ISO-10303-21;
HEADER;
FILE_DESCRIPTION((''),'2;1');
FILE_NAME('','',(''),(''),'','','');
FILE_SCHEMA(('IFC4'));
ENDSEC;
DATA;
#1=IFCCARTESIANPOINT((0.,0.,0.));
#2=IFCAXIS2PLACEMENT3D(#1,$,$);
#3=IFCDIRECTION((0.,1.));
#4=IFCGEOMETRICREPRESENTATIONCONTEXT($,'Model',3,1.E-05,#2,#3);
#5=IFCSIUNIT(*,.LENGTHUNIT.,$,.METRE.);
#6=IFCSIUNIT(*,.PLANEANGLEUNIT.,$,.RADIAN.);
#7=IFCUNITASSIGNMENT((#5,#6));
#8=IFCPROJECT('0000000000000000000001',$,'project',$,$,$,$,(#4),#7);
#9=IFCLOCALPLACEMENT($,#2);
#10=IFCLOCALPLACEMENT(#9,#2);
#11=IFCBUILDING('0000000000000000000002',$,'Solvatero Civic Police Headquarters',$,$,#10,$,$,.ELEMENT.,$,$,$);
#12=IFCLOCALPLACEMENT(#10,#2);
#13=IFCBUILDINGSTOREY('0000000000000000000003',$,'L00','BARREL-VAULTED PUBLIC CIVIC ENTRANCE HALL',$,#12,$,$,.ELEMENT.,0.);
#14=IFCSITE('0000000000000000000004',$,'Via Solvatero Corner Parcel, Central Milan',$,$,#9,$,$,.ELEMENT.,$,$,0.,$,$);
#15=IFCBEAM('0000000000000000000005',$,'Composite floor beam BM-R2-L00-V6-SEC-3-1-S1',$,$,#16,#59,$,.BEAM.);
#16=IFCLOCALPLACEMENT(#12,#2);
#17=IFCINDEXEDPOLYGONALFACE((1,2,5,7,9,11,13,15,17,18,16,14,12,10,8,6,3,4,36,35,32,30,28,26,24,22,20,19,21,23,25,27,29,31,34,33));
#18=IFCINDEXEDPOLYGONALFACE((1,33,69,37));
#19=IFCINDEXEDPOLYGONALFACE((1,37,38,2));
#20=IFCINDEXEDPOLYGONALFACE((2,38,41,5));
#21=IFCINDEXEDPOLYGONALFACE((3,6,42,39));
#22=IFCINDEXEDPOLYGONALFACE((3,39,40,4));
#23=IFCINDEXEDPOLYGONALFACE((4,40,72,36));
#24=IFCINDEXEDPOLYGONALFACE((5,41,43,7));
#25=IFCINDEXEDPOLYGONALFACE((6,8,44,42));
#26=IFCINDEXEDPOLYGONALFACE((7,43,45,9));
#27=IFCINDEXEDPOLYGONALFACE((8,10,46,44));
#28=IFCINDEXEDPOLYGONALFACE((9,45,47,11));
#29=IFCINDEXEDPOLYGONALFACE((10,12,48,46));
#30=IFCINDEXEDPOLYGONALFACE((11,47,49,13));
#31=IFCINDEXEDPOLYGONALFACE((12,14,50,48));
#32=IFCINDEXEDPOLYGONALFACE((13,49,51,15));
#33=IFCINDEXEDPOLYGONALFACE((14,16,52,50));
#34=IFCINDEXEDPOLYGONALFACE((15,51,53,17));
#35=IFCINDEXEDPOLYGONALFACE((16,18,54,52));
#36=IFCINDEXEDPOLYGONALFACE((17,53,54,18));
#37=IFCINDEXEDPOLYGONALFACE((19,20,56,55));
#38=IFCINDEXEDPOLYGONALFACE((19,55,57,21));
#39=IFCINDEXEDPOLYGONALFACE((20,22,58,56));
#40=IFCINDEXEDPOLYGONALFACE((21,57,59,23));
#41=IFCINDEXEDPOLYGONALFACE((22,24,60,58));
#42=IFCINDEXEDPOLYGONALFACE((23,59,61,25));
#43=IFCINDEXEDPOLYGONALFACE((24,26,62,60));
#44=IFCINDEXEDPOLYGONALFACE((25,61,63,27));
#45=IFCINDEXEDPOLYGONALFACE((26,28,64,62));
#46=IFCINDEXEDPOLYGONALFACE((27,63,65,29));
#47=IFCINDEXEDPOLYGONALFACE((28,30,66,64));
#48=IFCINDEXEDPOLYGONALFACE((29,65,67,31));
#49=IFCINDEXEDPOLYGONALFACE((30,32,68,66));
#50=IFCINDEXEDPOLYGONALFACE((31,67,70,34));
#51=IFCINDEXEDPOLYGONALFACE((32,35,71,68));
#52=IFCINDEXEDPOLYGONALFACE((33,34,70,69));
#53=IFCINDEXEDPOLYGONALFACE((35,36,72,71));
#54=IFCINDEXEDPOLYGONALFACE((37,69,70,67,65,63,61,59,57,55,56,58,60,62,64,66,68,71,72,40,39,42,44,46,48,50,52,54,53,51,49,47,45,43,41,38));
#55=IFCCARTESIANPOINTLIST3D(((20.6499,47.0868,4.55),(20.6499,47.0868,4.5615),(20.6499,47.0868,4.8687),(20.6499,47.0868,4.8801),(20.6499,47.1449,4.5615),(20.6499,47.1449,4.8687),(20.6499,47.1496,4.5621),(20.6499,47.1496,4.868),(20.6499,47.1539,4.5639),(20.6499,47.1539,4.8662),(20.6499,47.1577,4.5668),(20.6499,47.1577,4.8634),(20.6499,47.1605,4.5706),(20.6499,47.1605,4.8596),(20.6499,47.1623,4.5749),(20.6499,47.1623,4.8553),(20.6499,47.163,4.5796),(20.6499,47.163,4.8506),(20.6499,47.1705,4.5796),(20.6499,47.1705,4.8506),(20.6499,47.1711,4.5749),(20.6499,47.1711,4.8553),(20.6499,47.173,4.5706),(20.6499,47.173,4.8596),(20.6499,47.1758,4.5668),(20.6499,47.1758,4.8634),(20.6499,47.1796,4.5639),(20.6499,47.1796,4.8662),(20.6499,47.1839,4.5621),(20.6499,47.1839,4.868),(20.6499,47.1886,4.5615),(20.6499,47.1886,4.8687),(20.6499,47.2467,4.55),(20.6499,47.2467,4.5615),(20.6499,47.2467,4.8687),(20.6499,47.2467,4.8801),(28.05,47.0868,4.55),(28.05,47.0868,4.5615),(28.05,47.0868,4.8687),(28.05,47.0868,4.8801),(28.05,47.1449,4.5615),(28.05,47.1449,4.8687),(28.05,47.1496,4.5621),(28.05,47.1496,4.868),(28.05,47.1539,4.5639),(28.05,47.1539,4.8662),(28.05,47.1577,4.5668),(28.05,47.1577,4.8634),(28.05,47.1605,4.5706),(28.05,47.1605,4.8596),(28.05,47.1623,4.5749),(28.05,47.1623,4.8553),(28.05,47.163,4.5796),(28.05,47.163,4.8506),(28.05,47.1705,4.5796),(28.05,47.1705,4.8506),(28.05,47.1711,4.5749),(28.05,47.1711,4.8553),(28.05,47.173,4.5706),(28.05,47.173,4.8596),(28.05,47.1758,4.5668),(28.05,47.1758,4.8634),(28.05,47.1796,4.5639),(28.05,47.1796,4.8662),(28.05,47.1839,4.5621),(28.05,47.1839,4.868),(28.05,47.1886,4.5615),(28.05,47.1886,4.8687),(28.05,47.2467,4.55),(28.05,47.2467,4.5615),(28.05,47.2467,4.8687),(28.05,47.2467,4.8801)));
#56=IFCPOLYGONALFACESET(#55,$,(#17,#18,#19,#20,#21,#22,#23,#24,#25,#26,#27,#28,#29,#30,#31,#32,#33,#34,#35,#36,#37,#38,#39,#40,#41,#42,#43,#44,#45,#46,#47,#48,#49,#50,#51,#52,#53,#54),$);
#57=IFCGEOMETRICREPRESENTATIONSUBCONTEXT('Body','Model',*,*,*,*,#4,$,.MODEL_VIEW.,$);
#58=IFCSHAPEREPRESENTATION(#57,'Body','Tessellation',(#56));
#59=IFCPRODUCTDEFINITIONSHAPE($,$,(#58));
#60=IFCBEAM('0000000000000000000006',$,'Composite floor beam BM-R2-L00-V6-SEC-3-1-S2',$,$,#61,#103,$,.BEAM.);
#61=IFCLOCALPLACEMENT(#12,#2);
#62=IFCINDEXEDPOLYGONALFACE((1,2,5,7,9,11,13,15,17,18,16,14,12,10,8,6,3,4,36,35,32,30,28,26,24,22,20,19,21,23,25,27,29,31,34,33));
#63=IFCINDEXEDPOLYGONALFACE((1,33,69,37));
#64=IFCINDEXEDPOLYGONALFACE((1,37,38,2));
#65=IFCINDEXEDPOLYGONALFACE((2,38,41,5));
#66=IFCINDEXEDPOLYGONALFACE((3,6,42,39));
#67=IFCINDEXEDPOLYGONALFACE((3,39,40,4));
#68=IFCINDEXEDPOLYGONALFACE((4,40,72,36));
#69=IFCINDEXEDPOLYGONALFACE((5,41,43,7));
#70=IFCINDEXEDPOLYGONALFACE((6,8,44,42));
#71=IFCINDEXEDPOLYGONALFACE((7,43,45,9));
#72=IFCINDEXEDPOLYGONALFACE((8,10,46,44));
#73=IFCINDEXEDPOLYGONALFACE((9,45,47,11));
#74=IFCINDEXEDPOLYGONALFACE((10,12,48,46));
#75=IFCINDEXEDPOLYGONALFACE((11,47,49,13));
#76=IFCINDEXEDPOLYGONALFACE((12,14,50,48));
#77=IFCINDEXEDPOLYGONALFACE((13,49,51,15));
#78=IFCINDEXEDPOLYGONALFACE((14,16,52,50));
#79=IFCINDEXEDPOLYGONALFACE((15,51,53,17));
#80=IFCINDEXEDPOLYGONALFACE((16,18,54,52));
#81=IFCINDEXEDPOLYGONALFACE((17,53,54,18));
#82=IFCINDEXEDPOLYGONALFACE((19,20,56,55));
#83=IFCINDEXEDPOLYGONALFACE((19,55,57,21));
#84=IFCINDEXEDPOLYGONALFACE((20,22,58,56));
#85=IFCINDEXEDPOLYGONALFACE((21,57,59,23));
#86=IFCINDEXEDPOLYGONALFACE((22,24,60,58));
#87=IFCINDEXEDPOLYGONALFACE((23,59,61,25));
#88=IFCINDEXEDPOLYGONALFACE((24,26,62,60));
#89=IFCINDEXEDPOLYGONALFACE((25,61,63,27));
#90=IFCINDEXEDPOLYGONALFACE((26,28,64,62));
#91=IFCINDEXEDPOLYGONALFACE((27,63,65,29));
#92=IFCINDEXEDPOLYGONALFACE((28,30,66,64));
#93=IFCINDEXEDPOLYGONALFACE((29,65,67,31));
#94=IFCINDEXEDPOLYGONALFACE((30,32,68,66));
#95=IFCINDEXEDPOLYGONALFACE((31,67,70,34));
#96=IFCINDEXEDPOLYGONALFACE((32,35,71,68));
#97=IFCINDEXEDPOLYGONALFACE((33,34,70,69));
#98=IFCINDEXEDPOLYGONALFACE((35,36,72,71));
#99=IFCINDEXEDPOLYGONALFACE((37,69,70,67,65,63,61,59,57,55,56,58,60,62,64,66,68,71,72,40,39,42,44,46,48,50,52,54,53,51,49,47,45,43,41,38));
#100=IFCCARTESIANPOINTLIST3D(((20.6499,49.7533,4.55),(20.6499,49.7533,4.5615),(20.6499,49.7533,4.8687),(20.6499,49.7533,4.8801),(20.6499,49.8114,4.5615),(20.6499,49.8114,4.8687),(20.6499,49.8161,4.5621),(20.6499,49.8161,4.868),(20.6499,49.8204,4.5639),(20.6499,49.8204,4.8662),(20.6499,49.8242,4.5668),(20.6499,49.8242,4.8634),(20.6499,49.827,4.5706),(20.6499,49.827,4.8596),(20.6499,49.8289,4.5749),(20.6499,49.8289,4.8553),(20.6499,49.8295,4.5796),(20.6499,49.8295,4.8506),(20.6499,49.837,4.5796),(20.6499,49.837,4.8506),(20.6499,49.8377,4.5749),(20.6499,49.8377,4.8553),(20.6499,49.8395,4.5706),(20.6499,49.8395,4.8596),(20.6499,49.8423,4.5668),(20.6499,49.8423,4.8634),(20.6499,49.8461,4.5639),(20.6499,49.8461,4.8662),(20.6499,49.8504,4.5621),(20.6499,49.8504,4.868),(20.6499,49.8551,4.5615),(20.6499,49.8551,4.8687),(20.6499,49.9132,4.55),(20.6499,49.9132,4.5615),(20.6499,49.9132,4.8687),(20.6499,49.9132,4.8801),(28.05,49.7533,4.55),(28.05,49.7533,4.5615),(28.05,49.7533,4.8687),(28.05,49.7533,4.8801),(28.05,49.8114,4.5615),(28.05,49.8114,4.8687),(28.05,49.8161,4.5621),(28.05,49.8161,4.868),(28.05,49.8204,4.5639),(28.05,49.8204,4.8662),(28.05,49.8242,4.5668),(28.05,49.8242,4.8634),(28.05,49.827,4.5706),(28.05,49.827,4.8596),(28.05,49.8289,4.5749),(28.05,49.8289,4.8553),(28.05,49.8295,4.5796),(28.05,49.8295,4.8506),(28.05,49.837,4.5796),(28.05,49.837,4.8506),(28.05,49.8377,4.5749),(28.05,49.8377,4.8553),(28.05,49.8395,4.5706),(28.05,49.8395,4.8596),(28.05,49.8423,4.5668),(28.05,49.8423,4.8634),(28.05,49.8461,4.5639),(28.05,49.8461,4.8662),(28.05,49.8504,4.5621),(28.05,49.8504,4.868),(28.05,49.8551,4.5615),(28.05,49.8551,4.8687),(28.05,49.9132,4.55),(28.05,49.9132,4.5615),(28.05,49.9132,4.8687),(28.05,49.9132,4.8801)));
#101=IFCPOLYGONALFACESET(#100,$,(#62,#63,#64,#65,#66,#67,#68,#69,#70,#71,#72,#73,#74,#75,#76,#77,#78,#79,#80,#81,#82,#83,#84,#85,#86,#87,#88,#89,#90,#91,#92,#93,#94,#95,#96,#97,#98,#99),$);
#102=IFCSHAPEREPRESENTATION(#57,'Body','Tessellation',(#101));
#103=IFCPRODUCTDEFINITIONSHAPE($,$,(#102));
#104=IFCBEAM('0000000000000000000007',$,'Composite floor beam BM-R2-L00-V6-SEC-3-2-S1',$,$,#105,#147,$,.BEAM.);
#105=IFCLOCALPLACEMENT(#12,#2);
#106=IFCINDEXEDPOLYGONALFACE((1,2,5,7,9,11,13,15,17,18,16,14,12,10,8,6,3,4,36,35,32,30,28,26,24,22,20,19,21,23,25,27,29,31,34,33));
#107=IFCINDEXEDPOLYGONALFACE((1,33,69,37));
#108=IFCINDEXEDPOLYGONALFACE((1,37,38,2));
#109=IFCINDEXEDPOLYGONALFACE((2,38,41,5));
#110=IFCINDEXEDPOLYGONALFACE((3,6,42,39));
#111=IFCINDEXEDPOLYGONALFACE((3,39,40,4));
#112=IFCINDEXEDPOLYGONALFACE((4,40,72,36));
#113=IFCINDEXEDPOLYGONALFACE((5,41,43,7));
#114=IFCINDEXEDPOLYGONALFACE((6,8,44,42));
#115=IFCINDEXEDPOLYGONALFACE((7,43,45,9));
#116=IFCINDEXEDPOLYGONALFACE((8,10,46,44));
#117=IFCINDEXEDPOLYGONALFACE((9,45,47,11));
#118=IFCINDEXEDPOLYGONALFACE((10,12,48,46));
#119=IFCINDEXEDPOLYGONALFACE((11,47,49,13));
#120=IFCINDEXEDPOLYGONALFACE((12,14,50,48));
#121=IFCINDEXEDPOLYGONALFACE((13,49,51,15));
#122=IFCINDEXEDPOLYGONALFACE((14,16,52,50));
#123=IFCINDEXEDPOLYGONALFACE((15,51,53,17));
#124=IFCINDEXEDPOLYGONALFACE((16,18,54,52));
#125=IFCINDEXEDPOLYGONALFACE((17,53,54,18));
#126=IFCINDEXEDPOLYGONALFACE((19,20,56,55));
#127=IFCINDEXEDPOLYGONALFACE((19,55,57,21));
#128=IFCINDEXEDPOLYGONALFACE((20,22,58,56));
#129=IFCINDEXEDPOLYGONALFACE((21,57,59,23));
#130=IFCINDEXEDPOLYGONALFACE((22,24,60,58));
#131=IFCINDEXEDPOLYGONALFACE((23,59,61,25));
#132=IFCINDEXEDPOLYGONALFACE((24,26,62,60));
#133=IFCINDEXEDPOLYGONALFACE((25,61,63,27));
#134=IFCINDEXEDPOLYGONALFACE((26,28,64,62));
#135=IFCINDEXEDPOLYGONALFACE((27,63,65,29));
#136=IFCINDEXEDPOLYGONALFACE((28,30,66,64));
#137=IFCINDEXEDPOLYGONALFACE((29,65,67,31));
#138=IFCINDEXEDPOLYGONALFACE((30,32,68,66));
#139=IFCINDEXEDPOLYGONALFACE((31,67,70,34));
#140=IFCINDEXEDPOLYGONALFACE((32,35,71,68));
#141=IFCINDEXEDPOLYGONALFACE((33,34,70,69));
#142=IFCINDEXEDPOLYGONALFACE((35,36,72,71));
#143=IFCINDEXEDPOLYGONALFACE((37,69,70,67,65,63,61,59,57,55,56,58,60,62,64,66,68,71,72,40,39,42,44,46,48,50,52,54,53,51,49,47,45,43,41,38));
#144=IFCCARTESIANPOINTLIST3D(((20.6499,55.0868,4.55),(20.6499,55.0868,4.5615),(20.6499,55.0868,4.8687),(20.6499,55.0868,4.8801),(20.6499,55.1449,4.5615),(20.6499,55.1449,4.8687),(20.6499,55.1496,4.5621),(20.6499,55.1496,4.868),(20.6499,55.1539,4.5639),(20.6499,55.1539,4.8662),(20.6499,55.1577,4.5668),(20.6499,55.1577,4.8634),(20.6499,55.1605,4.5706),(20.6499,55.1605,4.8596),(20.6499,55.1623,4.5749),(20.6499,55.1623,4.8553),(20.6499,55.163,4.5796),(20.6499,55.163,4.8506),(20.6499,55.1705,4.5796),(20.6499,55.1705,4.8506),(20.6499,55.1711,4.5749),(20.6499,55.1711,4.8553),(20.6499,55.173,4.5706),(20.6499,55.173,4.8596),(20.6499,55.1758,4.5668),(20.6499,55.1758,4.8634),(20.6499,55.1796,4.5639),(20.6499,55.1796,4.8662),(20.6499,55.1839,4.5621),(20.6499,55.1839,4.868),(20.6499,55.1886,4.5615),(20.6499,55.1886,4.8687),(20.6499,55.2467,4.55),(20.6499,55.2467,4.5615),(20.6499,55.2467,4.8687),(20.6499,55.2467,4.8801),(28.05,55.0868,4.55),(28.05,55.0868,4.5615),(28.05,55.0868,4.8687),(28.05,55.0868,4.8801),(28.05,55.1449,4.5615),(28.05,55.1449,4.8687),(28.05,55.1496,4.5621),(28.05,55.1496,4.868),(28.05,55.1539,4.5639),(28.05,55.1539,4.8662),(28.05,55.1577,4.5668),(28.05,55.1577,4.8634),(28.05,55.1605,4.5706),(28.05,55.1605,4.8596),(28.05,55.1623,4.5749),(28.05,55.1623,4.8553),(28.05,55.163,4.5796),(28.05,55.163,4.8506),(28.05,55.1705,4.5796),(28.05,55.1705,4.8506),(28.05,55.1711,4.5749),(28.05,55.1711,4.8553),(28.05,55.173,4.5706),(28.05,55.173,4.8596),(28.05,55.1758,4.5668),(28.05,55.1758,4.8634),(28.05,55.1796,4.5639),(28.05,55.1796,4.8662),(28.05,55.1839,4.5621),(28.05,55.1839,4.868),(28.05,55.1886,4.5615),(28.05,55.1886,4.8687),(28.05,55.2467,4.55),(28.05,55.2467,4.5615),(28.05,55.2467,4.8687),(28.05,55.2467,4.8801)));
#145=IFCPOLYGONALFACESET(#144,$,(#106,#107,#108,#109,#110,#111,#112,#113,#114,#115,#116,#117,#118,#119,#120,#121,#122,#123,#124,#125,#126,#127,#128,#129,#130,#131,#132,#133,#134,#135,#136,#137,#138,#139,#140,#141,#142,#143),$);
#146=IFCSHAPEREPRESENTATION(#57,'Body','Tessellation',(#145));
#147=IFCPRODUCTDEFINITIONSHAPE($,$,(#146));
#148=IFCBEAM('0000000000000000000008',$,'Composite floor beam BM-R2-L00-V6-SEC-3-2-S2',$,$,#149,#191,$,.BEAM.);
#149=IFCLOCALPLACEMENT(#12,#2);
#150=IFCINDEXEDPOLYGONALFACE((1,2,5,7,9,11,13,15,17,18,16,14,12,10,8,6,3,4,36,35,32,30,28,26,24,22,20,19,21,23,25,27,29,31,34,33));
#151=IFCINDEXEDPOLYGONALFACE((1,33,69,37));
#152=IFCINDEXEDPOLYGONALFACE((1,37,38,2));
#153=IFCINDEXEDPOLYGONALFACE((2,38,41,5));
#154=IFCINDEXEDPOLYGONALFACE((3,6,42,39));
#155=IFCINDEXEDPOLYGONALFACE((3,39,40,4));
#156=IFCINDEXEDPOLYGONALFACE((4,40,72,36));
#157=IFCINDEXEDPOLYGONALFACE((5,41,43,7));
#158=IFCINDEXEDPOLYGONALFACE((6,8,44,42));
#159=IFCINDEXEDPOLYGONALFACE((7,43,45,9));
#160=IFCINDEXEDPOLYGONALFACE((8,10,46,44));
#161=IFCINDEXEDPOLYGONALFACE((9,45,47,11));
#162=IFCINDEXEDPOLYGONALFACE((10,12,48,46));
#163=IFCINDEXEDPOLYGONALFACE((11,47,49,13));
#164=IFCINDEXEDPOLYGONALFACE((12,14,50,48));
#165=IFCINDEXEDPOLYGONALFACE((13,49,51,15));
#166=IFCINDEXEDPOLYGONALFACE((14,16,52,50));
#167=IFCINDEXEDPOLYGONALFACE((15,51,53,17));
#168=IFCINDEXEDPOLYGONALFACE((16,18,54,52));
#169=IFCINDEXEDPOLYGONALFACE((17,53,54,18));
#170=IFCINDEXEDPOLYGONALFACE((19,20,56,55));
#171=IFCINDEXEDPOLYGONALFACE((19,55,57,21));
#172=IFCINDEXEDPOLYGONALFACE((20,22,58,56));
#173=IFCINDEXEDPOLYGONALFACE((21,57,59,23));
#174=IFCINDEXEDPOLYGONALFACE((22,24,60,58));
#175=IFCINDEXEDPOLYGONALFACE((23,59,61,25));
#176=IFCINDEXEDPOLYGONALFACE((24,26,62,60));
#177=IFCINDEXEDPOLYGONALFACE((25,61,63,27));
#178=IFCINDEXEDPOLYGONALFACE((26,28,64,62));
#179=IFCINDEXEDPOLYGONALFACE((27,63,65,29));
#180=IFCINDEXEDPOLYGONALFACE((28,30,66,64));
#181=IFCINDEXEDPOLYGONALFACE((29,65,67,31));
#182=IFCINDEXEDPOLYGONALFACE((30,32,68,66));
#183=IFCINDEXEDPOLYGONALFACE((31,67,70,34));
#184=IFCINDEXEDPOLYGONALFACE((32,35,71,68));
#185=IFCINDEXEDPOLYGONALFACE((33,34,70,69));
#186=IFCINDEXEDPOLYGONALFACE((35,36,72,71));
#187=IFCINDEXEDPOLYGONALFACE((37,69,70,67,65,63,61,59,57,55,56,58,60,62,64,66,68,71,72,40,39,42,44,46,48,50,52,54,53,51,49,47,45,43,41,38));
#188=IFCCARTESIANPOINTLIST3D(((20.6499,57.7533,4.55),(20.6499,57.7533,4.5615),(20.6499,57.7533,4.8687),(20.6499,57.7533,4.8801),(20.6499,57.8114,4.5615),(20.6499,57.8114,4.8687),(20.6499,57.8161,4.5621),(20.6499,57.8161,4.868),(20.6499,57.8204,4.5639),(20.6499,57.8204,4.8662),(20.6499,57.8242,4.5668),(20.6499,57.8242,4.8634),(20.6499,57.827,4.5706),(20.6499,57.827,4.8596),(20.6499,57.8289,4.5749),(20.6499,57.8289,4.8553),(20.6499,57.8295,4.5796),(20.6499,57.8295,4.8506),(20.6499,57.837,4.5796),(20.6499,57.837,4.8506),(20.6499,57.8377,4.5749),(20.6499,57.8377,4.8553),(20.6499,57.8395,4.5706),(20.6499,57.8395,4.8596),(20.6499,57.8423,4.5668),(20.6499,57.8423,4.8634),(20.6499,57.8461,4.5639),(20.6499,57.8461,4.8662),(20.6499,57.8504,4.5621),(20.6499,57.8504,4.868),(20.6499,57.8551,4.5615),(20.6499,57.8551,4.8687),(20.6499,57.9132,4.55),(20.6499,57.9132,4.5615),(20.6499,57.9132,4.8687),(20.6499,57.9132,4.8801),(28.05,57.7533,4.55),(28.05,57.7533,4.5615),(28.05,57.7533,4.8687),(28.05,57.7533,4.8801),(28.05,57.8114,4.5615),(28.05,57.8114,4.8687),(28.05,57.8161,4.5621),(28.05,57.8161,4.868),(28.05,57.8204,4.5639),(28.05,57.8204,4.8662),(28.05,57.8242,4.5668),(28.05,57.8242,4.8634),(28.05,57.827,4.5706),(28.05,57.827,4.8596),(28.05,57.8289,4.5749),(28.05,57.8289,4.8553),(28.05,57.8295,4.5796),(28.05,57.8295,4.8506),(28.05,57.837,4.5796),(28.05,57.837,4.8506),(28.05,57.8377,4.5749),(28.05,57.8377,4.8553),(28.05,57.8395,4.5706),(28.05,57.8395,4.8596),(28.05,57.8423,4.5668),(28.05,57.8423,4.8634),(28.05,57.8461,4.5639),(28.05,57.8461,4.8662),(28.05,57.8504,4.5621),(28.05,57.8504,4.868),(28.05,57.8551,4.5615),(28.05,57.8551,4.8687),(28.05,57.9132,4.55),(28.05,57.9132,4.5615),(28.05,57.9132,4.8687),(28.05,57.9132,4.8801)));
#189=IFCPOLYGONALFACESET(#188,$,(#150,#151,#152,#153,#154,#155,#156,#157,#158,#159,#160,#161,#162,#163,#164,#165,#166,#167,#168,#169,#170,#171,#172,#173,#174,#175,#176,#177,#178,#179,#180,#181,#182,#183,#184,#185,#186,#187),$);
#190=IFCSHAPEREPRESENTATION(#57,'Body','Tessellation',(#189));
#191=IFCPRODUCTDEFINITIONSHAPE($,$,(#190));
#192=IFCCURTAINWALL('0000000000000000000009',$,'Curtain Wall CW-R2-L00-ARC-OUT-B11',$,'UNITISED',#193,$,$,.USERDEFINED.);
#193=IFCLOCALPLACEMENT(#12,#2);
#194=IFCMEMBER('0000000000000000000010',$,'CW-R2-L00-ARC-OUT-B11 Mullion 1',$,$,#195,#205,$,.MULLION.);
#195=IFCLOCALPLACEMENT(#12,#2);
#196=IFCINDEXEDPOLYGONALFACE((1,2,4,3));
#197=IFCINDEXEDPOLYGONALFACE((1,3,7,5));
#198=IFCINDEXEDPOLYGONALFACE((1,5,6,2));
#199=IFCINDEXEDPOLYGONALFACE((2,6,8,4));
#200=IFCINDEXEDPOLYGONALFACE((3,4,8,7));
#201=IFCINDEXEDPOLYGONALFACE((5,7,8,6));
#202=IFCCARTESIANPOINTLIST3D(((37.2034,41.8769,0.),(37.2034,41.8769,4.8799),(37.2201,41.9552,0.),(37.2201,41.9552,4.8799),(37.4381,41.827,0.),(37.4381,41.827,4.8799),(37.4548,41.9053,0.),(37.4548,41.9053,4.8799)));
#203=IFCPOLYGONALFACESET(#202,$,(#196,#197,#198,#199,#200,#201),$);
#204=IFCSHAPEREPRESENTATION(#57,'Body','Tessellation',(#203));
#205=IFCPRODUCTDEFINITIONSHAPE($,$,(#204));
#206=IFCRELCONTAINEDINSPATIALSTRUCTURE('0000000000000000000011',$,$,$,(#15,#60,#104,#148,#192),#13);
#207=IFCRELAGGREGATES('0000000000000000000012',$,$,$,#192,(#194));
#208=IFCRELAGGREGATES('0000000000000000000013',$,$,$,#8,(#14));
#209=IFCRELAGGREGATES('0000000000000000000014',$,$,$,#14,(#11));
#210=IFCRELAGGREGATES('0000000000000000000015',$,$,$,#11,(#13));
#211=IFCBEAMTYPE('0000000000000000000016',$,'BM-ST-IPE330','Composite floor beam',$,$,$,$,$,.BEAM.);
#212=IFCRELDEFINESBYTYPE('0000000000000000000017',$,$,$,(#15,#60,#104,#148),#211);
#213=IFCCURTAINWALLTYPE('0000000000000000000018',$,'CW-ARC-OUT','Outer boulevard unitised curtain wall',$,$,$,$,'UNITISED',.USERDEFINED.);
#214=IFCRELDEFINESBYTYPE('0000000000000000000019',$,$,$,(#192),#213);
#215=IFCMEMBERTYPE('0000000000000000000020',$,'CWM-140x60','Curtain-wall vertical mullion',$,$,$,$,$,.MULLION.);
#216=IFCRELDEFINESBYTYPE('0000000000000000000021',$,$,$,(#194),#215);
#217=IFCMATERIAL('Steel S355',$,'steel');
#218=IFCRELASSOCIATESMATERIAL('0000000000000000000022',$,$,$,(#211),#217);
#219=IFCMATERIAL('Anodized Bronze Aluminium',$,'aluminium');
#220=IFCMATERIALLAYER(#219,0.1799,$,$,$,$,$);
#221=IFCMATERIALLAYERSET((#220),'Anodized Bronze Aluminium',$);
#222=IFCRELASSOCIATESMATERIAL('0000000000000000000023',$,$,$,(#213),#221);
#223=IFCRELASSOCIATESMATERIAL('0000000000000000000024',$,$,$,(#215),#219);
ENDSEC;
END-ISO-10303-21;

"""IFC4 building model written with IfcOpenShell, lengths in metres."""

from ifc_helpers import new_model, si_unit, direction, frame, origin, origin_2d, place, context, subcontext, project, spatial, rectangle, i_section, extrude, material, layer, layer_set, material_profile, profile_set, type_object, element, aggregate, save


model = new_model("IFC4")

# Units and contexts
model_context = context("Model", 3, precision=1e-05, world=origin(), true_north=direction((0.0, 1.0)))
body_context = subcontext(model_context, "Body", "Model", "MODEL_VIEW")
ifc_project = project(units=[si_unit("LENGTHUNIT", "METRE"), si_unit("PLANEANGLEUNIT", "RADIAN")], contexts=[model_context])

# Site, building, storey
site_placement = place(None, origin())
site = spatial("IfcSite", under=ifc_project, at=site_placement, Name="Via Solvatero Corner Parcel, Central Milan", CompositionType="ELEMENT", RefElevation=0.0)
building_placement = place(site_placement, origin())
building = spatial("IfcBuilding", under=site, at=building_placement, Name="Solvatero Civic Police Headquarters", CompositionType="ELEMENT")
storey_placement = place(building_placement, origin())
storey = spatial("IfcBuildingStorey", under=building, at=storey_placement, Name="L00", Description="BARREL-VAULTED PUBLIC CIVIC ENTRANCE HALL", CompositionType="ELEMENT", Elevation=0.0)

# Beams
ifc_material_1 = material(Name="Steel S355", Category="steel")
ifc_material_profile_1 = material_profile(ifc_material_1, i_section(OverallWidth=0.1599, OverallDepth=0.3301, WebThickness=0.0076, FlangeThickness=0.0115, FilletRadius=0.0181, at=origin_2d()), Name="IPE 330")
ifc_profile_set_1 = profile_set([ifc_material_profile_1], Name="Steel S355")
beam_type_1 = type_object("IfcBeamType", Name="BM-ST-IPE330", Description="Composite floor beam", PredefinedType="BEAM", material=ifc_profile_set_1)
for number, where, z_axis, x_axis, name in (
    (1, (20.6499, 47.1667, 4.7151), (1.0, 0.0, 0.0), (0.0, 1.0, 0.0), "Composite floor beam BM-R2-L00-V6-SEC-3-1-S1"),
    (2, (20.6499, 49.8333, 4.7151), (1.0, 0.0, 0.0), (0.0, 1.0, 0.0), "Composite floor beam BM-R2-L00-V6-SEC-3-1-S2"),
    (3, (20.6499, 55.1667, 4.7151), (1.0, 0.0, 0.0), (0.0, 1.0, 0.0), "Composite floor beam BM-R2-L00-V6-SEC-3-2-S1"),
    (4, (20.6499, 57.8333, 4.7151), (1.0, 0.0, 0.0), (0.0, 1.0, 0.0), "Composite floor beam BM-R2-L00-V6-SEC-3-2-S2"),
):
    element("IfcBeam", number, at=place(storey_placement, frame(where, z_axis=z_axis, x_axis=x_axis)), inside=storey, type_object=beam_type_1, Name=name, PredefinedType="BEAM", context=body_context, shape_type="SweptSolid", body=[
        extrude(i_section(OverallWidth=0.1599, OverallDepth=0.3301, WebThickness=0.0076, FlangeThickness=0.0115, FilletRadius=0.0181, at=origin_2d()), origin(), (0.0, 0.0, 1.0), 7.4001),
    ])

# Curtain wall, member
ifc_material_2 = material(Name="Anodized Bronze Aluminium", Category="aluminium")
ifc_layer_1 = layer(ifc_material_2, 0.1799)
ifc_layer_set_1 = layer_set([ifc_layer_1], Name="Anodized Bronze Aluminium")
curtain_wall_type = type_object("IfcCurtainWallType", Name="CW-ARC-OUT", Description="Outer boulevard unitised curtain wall", ElementType="UNITISED", PredefinedType="USERDEFINED", material=ifc_layer_set_1)
curtain_wall_placement = place(storey_placement, origin())
curtain_wall = element("IfcCurtainWall", 5, at=curtain_wall_placement, inside=storey, type_object=curtain_wall_type, Name="Curtain Wall CW-R2-L00-ARC-OUT-B11", ObjectType="UNITISED", PredefinedType="USERDEFINED")
ifc_material_profile_2 = material_profile(ifc_material_2, rectangle(XDim=0.0801, YDim=0.24, at=origin_2d()), Name="ALU MULLION 80x240")
ifc_profile_set_2 = profile_set([ifc_material_profile_2], Name="Anodized Bronze Aluminium")
member_type_1 = type_object("IfcMemberType", Name="CWM-140x60", Description="Curtain-wall vertical mullion", PredefinedType="MULLION", material=ifc_profile_set_2)
member_1_placement = place(storey_placement, frame((37.3291, 41.8911, 0.0), z_axis=(0.0, 0.0, 1.0), x_axis=(-0.207912, -0.978148, 0.0)))
member_1 = element("IfcMember", 6, at=member_1_placement, type_object=member_type_1, Name="CW-R2-L00-ARC-OUT-B11 Mullion 1", PredefinedType="MULLION", context=body_context, shape_type="SweptSolid", body=[
    extrude(rectangle(XDim=0.0801, YDim=0.24, at=origin_2d()), origin(), (0.0, 0.0, 1.0), 4.8799),
])
aggregate(curtain_wall, [member_1])

save(model, "model.ifc")
